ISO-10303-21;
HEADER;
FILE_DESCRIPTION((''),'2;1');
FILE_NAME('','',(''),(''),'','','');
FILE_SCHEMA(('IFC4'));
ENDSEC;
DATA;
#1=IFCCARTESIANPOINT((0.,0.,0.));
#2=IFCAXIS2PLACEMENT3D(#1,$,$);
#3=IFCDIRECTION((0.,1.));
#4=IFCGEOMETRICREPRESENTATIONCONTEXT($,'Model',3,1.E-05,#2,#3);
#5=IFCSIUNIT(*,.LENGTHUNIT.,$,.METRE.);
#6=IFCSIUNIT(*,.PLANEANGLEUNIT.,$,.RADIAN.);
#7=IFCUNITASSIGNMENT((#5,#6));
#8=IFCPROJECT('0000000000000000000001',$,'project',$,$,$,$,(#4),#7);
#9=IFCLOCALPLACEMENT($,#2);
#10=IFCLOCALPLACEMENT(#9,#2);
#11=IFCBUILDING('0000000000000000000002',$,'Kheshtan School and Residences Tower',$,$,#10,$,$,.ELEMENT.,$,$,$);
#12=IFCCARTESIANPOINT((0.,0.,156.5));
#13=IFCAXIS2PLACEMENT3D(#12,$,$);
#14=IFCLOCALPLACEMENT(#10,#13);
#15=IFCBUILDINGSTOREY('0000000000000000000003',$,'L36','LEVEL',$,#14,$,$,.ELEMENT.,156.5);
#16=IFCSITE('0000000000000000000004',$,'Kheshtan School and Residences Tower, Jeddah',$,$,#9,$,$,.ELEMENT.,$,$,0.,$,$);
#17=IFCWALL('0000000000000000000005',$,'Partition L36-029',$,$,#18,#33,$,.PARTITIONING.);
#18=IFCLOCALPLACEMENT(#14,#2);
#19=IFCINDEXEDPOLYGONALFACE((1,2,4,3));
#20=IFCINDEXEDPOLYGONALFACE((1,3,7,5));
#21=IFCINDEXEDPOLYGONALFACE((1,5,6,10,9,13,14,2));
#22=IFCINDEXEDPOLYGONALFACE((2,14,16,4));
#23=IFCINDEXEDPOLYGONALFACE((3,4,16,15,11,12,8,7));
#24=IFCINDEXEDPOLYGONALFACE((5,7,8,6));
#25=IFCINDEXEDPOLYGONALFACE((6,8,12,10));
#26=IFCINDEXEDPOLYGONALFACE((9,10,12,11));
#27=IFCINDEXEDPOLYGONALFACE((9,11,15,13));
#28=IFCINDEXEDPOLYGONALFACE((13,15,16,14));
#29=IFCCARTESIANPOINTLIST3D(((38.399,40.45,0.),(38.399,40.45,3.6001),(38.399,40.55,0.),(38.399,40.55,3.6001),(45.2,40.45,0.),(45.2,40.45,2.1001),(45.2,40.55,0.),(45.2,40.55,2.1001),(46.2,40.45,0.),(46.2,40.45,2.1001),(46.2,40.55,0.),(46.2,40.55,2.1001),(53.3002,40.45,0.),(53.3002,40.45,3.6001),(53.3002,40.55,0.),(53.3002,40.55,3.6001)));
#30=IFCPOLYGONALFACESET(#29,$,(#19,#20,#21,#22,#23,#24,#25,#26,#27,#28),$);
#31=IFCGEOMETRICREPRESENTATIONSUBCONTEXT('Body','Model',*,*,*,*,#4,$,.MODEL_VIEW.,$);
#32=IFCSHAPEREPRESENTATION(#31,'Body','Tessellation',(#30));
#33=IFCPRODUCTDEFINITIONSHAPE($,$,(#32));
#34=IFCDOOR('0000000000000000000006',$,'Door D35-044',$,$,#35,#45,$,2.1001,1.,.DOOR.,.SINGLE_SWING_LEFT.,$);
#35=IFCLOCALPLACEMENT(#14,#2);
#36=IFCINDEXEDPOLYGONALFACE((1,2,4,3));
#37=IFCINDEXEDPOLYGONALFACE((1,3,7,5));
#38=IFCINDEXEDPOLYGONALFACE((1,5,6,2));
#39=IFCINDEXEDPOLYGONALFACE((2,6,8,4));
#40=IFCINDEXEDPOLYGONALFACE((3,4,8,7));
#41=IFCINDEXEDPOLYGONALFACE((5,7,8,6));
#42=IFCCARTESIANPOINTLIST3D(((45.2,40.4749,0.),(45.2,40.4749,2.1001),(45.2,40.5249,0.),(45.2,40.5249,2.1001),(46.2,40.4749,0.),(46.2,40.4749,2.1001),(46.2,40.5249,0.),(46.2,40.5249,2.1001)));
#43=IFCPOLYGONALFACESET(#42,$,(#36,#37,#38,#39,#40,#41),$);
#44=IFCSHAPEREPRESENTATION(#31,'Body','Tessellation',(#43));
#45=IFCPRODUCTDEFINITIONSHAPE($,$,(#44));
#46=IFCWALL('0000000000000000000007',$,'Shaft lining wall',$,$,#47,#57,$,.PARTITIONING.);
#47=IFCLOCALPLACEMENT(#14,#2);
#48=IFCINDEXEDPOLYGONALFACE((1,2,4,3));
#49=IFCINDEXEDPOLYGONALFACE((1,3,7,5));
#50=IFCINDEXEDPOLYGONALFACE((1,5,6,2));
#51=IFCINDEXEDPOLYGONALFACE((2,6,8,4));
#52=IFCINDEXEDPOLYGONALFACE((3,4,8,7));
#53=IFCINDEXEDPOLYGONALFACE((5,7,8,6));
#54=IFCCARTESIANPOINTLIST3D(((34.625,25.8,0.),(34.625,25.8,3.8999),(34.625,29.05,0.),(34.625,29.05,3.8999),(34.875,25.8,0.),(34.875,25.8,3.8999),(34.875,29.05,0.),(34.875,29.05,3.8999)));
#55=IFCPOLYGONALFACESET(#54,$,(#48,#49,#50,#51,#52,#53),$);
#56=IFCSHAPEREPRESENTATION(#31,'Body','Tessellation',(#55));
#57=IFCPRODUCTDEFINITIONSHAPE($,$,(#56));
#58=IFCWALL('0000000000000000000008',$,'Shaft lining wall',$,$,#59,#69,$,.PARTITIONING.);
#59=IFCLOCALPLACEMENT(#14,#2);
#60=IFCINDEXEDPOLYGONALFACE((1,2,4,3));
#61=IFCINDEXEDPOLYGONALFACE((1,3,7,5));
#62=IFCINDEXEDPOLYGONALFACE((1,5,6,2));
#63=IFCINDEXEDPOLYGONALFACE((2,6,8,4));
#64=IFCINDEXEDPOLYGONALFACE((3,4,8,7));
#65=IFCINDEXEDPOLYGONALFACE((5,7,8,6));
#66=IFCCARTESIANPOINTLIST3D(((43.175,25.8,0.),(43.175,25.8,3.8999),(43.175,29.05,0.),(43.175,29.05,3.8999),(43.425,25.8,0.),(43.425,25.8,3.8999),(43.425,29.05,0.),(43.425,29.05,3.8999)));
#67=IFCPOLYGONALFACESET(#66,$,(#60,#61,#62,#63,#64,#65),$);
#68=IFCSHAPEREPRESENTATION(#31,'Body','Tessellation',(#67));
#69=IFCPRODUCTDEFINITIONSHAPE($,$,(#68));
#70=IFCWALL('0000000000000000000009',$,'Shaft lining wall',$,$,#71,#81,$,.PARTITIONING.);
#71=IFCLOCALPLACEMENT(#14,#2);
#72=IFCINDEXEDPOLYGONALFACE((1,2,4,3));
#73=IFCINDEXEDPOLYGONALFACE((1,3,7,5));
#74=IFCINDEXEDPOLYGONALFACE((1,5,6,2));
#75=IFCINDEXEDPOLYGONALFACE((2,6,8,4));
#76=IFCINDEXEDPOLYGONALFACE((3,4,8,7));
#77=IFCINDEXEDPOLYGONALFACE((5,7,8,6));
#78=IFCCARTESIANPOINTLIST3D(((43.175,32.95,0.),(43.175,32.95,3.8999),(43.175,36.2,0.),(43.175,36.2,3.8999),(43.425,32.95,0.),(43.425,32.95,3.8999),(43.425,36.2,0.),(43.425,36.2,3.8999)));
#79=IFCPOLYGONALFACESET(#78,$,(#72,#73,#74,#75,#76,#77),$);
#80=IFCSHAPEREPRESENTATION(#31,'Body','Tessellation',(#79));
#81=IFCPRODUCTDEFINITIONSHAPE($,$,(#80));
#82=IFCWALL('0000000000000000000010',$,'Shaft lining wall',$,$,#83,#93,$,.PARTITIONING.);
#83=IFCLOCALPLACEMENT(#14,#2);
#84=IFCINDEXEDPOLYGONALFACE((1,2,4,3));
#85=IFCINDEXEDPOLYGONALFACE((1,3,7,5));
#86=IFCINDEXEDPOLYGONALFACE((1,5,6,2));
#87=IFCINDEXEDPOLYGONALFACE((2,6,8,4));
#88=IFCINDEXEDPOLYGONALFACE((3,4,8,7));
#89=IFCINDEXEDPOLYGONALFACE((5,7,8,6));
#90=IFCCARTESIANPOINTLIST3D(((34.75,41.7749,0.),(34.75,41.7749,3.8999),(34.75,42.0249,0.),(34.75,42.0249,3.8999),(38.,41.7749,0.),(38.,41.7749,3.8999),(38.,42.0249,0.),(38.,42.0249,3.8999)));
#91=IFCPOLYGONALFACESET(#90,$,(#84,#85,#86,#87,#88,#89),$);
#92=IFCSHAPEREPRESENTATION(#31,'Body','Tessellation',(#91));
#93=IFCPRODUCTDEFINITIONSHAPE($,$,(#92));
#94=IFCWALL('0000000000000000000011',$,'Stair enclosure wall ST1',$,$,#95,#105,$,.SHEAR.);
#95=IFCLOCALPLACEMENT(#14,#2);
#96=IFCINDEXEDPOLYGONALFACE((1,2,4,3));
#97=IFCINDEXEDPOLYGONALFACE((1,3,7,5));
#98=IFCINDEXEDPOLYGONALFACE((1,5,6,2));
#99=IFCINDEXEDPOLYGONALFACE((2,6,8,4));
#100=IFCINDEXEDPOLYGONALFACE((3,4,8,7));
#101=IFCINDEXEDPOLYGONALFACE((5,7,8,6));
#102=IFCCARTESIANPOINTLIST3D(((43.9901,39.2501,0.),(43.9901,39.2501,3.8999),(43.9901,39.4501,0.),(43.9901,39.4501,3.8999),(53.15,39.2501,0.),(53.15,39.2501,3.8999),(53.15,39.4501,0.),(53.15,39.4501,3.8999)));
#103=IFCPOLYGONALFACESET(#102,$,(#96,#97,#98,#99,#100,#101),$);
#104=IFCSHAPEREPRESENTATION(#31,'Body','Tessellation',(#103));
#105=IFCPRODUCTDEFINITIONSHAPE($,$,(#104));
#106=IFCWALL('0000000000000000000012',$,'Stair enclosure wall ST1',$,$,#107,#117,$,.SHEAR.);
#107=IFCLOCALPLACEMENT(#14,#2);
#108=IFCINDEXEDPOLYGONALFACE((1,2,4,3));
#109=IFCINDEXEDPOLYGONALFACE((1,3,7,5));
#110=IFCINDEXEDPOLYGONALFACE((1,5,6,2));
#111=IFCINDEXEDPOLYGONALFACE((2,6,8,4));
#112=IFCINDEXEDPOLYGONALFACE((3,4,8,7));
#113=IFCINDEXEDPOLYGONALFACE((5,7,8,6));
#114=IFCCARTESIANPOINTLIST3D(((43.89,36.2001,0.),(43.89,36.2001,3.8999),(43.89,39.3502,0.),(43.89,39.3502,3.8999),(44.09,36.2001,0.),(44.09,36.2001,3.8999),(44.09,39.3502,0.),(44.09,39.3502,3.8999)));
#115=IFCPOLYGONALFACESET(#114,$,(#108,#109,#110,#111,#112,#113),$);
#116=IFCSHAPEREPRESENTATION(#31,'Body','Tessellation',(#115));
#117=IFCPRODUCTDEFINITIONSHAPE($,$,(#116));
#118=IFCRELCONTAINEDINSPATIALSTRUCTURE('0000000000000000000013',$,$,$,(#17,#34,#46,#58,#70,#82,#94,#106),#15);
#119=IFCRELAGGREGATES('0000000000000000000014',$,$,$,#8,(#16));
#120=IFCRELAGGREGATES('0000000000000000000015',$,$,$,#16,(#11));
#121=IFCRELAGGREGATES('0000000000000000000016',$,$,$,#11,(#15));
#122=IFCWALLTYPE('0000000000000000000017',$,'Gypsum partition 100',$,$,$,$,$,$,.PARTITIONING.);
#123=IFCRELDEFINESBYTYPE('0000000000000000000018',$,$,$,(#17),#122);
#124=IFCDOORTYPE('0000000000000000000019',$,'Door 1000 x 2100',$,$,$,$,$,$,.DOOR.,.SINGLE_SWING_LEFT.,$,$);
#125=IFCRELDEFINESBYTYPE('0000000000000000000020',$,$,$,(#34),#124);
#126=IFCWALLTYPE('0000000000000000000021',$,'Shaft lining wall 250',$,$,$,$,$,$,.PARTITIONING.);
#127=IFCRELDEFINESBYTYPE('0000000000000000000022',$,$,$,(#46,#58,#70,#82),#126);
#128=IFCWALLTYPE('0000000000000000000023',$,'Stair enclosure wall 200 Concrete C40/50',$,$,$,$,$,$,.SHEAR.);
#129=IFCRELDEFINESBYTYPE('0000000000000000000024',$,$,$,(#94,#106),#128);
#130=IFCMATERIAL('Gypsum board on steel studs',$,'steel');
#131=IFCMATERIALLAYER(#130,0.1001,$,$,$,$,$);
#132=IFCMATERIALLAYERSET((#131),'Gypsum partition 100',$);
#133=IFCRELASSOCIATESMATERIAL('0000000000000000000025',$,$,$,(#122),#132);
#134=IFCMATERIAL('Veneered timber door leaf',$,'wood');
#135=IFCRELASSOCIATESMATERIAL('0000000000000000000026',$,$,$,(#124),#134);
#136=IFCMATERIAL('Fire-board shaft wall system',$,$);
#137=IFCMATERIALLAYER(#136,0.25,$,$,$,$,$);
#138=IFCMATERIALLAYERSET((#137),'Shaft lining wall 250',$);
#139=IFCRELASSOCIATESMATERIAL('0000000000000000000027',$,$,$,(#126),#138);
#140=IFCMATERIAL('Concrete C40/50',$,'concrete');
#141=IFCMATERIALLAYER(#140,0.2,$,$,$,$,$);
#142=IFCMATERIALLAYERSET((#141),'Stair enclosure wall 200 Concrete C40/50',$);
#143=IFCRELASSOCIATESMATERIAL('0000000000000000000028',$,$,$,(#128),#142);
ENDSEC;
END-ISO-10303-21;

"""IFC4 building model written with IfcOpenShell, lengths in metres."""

from ifc_helpers import new_model, si_unit, direction, frame, frame_2d, origin, place, context, subcontext, project, spatial, rectangle, extrude, source, transform, mapped, material, layer, layer_set, type_object, element, fill, save


model = new_model("IFC4")

# Units and contexts
model_context = context("Model", 3, precision=1e-05, world=origin(), true_north=direction((0.0, 1.0)))
body_context = subcontext(model_context, "Body", "Model", "MODEL_VIEW")
ifc_project = project(units=[si_unit("LENGTHUNIT", "METRE"), si_unit("PLANEANGLEUNIT", "RADIAN")], contexts=[model_context])

# Site, building, storey
site_placement = place(None, origin())
site = spatial("IfcSite", under=ifc_project, at=site_placement, Name="Kheshtan School and Residences Tower, Jeddah", CompositionType="ELEMENT", RefElevation=0.0)
building_placement = place(site_placement, origin())
building = spatial("IfcBuilding", under=site, at=building_placement, Name="Kheshtan School and Residences Tower", CompositionType="ELEMENT")
storey_placement = place(building_placement, frame((0.0, 0.0, 156.5)))
storey = spatial("IfcBuildingStorey", under=building, at=storey_placement, Name="L36", Description="LEVEL", CompositionType="ELEMENT", Elevation=156.5)

# Wall, opening, door
ifc_material_1 = material(Name="Gypsum board on steel studs", Category="steel")
ifc_layer_1 = layer(ifc_material_1, 0.1001)
ifc_layer_set_1 = layer_set([ifc_layer_1], Name="Gypsum partition 100")
wall_type_1 = type_object("IfcWallType", Name="Gypsum partition 100", PredefinedType="PARTITIONING", material=ifc_layer_set_1)
wall_1_placement = place(storey_placement, frame((38.3989, 40.5, 0.0), z_axis=(0.0, 0.0, 1.0), x_axis=(1.0, 0.0, 0.0)))
wall_1 = element("IfcWall", 1, at=wall_1_placement, inside=storey, type_object=wall_type_1, Name="Partition L36-029", PredefinedType="PARTITIONING", context=body_context, shape_type="SweptSolid", body=[
    extrude(rectangle(XDim=14.9011, YDim=0.1001, at=frame_2d((7.4507, 0.0))), origin(), (0.0, 0.0, 1.0), 3.6001),
])
opening_1_placement = place(wall_1_placement, frame((6.801, 0.0, 0.0)))
opening_1 = element("IfcOpeningElement", 2, at=opening_1_placement, cuts=wall_1, PredefinedType="OPENING", context=body_context, shape_type="SweptSolid", body=[
    extrude(rectangle(XDim=1.0, YDim=2.1001, at=frame_2d((0.5, 1.05))), frame((0.0, 0.0601, 0.0), z_axis=(0.0, -1.0, 0.0), x_axis=(1.0, 0.0, 0.0)), (0.0, 0.0, 1.0), 0.1201),
])
ifc_material_2 = material(Name="Veneered timber door leaf", Category="wood")
door_type_1 = type_object("IfcDoorType", Name="Door 1000 x 2100", OperationType="SINGLE_SWING_LEFT", PredefinedType="DOOR", material=ifc_material_2)
shared_shape_1 = source(origin(), body_context, "Body", "SweptSolid", [
    extrude(rectangle(XDim=1.0, YDim=2.1001, at=frame_2d((0.5, 1.05))), frame((0.0, 0.0249, 0.0), z_axis=(0.0, -1.0, 0.0), x_axis=(1.0, 0.0, 0.0)), (0.0, 0.0, 1.0), 0.05),
])
door_1_placement = place(opening_1_placement, origin())
door_1 = element("IfcDoor", 3, at=door_1_placement, inside=storey, type_object=door_type_1, Name="Door D35-044", OperationType="SINGLE_SWING_LEFT", OverallHeight=2.1001, OverallWidth=1.0, PredefinedType="DOOR", context=body_context, shape_type="MappedRepresentation", body=[
    mapped(shared_shape_1, transform((0.0, 0.0, 0.0), x_axis=(1.0, 0.0, 0.0), y_axis=(0.0, 1.0, 0.0), z_axis=(0.0, 0.0, 1.0), scale=1.0)),
])
fill(opening_1, door_1)

# Walls
ifc_material_3 = material(Name="Fire-board shaft wall system")
ifc_layer_2 = layer(ifc_material_3, 0.25)
ifc_layer_set_2 = layer_set([ifc_layer_2], Name="Shaft lining wall 250")
wall_type_2 = type_object("IfcWallType", Name="Shaft lining wall 250", PredefinedType="PARTITIONING", material=ifc_layer_set_2)
for number, where, z_axis, x_axis, name in (
    (4, (34.75, 25.8, 0.0), (0.0, 0.0, 1.0), (0.0, 1.0, 0.0), "Shaft lining wall"),
    (5, (43.3, 25.8, 0.0), (0.0, 0.0, 1.0), (0.0, 1.0, 0.0), "Shaft lining wall"),
    (6, (43.3, 32.95, 0.0), (0.0, 0.0, 1.0), (0.0, 1.0, 0.0), "Shaft lining wall"),
    (7, (34.75, 41.8999, 0.0), (0.0, 0.0, 1.0), (1.0, 0.0, 0.0), "Shaft lining wall"),
):
    element("IfcWall", number, at=place(storey_placement, frame(where, z_axis=z_axis, x_axis=x_axis)), inside=storey, type_object=wall_type_2, Name=name, PredefinedType="PARTITIONING", context=body_context, shape_type="SweptSolid", body=[
        extrude(rectangle(XDim=3.25, YDim=0.25, at=frame_2d((1.625, 0.0))), origin(), (0.0, 0.0, 1.0), 3.8999),
    ])
ifc_material_4 = material(Name="Concrete C40/50", Category="concrete")
ifc_layer_3 = layer(ifc_material_4, 0.2)
ifc_layer_set_3 = layer_set([ifc_layer_3], Name="Stair enclosure wall 200 Concrete C40/50")
wall_type_3 = type_object("IfcWallType", Name="Stair enclosure wall 200 Concrete C40/50", PredefinedType="SHEAR", material=ifc_layer_set_3)
wall_2_placement = place(storey_placement, frame((43.99, 39.3501, 0.0), z_axis=(0.0, 0.0, 1.0), x_axis=(1.0, 0.0, 0.0)))
element("IfcWall", 8, at=wall_2_placement, inside=storey, type_object=wall_type_3, Name="Stair enclosure wall ST1", PredefinedType="SHEAR", context=body_context, shape_type="SweptSolid", body=[
    extrude(rectangle(XDim=9.1599, YDim=0.2, at=frame_2d((4.5801, 0.0))), origin(), (0.0, 0.0, 1.0), 3.8999),
])
wall_3_placement = place(storey_placement, frame((43.99, 36.2, 0.0), z_axis=(0.0, 0.0, 1.0), x_axis=(0.0, 1.0, 0.0)))
element("IfcWall", 9, at=wall_3_placement, inside=storey, type_object=wall_type_3, Name="Stair enclosure wall ST1", PredefinedType="SHEAR", context=body_context, shape_type="SweptSolid", body=[
    extrude(rectangle(XDim=3.1501, YDim=0.2, at=frame_2d((1.5752, 0.0))), origin(), (0.0, 0.0, 1.0), 3.8999),
])

save(model, "model.ifc")
